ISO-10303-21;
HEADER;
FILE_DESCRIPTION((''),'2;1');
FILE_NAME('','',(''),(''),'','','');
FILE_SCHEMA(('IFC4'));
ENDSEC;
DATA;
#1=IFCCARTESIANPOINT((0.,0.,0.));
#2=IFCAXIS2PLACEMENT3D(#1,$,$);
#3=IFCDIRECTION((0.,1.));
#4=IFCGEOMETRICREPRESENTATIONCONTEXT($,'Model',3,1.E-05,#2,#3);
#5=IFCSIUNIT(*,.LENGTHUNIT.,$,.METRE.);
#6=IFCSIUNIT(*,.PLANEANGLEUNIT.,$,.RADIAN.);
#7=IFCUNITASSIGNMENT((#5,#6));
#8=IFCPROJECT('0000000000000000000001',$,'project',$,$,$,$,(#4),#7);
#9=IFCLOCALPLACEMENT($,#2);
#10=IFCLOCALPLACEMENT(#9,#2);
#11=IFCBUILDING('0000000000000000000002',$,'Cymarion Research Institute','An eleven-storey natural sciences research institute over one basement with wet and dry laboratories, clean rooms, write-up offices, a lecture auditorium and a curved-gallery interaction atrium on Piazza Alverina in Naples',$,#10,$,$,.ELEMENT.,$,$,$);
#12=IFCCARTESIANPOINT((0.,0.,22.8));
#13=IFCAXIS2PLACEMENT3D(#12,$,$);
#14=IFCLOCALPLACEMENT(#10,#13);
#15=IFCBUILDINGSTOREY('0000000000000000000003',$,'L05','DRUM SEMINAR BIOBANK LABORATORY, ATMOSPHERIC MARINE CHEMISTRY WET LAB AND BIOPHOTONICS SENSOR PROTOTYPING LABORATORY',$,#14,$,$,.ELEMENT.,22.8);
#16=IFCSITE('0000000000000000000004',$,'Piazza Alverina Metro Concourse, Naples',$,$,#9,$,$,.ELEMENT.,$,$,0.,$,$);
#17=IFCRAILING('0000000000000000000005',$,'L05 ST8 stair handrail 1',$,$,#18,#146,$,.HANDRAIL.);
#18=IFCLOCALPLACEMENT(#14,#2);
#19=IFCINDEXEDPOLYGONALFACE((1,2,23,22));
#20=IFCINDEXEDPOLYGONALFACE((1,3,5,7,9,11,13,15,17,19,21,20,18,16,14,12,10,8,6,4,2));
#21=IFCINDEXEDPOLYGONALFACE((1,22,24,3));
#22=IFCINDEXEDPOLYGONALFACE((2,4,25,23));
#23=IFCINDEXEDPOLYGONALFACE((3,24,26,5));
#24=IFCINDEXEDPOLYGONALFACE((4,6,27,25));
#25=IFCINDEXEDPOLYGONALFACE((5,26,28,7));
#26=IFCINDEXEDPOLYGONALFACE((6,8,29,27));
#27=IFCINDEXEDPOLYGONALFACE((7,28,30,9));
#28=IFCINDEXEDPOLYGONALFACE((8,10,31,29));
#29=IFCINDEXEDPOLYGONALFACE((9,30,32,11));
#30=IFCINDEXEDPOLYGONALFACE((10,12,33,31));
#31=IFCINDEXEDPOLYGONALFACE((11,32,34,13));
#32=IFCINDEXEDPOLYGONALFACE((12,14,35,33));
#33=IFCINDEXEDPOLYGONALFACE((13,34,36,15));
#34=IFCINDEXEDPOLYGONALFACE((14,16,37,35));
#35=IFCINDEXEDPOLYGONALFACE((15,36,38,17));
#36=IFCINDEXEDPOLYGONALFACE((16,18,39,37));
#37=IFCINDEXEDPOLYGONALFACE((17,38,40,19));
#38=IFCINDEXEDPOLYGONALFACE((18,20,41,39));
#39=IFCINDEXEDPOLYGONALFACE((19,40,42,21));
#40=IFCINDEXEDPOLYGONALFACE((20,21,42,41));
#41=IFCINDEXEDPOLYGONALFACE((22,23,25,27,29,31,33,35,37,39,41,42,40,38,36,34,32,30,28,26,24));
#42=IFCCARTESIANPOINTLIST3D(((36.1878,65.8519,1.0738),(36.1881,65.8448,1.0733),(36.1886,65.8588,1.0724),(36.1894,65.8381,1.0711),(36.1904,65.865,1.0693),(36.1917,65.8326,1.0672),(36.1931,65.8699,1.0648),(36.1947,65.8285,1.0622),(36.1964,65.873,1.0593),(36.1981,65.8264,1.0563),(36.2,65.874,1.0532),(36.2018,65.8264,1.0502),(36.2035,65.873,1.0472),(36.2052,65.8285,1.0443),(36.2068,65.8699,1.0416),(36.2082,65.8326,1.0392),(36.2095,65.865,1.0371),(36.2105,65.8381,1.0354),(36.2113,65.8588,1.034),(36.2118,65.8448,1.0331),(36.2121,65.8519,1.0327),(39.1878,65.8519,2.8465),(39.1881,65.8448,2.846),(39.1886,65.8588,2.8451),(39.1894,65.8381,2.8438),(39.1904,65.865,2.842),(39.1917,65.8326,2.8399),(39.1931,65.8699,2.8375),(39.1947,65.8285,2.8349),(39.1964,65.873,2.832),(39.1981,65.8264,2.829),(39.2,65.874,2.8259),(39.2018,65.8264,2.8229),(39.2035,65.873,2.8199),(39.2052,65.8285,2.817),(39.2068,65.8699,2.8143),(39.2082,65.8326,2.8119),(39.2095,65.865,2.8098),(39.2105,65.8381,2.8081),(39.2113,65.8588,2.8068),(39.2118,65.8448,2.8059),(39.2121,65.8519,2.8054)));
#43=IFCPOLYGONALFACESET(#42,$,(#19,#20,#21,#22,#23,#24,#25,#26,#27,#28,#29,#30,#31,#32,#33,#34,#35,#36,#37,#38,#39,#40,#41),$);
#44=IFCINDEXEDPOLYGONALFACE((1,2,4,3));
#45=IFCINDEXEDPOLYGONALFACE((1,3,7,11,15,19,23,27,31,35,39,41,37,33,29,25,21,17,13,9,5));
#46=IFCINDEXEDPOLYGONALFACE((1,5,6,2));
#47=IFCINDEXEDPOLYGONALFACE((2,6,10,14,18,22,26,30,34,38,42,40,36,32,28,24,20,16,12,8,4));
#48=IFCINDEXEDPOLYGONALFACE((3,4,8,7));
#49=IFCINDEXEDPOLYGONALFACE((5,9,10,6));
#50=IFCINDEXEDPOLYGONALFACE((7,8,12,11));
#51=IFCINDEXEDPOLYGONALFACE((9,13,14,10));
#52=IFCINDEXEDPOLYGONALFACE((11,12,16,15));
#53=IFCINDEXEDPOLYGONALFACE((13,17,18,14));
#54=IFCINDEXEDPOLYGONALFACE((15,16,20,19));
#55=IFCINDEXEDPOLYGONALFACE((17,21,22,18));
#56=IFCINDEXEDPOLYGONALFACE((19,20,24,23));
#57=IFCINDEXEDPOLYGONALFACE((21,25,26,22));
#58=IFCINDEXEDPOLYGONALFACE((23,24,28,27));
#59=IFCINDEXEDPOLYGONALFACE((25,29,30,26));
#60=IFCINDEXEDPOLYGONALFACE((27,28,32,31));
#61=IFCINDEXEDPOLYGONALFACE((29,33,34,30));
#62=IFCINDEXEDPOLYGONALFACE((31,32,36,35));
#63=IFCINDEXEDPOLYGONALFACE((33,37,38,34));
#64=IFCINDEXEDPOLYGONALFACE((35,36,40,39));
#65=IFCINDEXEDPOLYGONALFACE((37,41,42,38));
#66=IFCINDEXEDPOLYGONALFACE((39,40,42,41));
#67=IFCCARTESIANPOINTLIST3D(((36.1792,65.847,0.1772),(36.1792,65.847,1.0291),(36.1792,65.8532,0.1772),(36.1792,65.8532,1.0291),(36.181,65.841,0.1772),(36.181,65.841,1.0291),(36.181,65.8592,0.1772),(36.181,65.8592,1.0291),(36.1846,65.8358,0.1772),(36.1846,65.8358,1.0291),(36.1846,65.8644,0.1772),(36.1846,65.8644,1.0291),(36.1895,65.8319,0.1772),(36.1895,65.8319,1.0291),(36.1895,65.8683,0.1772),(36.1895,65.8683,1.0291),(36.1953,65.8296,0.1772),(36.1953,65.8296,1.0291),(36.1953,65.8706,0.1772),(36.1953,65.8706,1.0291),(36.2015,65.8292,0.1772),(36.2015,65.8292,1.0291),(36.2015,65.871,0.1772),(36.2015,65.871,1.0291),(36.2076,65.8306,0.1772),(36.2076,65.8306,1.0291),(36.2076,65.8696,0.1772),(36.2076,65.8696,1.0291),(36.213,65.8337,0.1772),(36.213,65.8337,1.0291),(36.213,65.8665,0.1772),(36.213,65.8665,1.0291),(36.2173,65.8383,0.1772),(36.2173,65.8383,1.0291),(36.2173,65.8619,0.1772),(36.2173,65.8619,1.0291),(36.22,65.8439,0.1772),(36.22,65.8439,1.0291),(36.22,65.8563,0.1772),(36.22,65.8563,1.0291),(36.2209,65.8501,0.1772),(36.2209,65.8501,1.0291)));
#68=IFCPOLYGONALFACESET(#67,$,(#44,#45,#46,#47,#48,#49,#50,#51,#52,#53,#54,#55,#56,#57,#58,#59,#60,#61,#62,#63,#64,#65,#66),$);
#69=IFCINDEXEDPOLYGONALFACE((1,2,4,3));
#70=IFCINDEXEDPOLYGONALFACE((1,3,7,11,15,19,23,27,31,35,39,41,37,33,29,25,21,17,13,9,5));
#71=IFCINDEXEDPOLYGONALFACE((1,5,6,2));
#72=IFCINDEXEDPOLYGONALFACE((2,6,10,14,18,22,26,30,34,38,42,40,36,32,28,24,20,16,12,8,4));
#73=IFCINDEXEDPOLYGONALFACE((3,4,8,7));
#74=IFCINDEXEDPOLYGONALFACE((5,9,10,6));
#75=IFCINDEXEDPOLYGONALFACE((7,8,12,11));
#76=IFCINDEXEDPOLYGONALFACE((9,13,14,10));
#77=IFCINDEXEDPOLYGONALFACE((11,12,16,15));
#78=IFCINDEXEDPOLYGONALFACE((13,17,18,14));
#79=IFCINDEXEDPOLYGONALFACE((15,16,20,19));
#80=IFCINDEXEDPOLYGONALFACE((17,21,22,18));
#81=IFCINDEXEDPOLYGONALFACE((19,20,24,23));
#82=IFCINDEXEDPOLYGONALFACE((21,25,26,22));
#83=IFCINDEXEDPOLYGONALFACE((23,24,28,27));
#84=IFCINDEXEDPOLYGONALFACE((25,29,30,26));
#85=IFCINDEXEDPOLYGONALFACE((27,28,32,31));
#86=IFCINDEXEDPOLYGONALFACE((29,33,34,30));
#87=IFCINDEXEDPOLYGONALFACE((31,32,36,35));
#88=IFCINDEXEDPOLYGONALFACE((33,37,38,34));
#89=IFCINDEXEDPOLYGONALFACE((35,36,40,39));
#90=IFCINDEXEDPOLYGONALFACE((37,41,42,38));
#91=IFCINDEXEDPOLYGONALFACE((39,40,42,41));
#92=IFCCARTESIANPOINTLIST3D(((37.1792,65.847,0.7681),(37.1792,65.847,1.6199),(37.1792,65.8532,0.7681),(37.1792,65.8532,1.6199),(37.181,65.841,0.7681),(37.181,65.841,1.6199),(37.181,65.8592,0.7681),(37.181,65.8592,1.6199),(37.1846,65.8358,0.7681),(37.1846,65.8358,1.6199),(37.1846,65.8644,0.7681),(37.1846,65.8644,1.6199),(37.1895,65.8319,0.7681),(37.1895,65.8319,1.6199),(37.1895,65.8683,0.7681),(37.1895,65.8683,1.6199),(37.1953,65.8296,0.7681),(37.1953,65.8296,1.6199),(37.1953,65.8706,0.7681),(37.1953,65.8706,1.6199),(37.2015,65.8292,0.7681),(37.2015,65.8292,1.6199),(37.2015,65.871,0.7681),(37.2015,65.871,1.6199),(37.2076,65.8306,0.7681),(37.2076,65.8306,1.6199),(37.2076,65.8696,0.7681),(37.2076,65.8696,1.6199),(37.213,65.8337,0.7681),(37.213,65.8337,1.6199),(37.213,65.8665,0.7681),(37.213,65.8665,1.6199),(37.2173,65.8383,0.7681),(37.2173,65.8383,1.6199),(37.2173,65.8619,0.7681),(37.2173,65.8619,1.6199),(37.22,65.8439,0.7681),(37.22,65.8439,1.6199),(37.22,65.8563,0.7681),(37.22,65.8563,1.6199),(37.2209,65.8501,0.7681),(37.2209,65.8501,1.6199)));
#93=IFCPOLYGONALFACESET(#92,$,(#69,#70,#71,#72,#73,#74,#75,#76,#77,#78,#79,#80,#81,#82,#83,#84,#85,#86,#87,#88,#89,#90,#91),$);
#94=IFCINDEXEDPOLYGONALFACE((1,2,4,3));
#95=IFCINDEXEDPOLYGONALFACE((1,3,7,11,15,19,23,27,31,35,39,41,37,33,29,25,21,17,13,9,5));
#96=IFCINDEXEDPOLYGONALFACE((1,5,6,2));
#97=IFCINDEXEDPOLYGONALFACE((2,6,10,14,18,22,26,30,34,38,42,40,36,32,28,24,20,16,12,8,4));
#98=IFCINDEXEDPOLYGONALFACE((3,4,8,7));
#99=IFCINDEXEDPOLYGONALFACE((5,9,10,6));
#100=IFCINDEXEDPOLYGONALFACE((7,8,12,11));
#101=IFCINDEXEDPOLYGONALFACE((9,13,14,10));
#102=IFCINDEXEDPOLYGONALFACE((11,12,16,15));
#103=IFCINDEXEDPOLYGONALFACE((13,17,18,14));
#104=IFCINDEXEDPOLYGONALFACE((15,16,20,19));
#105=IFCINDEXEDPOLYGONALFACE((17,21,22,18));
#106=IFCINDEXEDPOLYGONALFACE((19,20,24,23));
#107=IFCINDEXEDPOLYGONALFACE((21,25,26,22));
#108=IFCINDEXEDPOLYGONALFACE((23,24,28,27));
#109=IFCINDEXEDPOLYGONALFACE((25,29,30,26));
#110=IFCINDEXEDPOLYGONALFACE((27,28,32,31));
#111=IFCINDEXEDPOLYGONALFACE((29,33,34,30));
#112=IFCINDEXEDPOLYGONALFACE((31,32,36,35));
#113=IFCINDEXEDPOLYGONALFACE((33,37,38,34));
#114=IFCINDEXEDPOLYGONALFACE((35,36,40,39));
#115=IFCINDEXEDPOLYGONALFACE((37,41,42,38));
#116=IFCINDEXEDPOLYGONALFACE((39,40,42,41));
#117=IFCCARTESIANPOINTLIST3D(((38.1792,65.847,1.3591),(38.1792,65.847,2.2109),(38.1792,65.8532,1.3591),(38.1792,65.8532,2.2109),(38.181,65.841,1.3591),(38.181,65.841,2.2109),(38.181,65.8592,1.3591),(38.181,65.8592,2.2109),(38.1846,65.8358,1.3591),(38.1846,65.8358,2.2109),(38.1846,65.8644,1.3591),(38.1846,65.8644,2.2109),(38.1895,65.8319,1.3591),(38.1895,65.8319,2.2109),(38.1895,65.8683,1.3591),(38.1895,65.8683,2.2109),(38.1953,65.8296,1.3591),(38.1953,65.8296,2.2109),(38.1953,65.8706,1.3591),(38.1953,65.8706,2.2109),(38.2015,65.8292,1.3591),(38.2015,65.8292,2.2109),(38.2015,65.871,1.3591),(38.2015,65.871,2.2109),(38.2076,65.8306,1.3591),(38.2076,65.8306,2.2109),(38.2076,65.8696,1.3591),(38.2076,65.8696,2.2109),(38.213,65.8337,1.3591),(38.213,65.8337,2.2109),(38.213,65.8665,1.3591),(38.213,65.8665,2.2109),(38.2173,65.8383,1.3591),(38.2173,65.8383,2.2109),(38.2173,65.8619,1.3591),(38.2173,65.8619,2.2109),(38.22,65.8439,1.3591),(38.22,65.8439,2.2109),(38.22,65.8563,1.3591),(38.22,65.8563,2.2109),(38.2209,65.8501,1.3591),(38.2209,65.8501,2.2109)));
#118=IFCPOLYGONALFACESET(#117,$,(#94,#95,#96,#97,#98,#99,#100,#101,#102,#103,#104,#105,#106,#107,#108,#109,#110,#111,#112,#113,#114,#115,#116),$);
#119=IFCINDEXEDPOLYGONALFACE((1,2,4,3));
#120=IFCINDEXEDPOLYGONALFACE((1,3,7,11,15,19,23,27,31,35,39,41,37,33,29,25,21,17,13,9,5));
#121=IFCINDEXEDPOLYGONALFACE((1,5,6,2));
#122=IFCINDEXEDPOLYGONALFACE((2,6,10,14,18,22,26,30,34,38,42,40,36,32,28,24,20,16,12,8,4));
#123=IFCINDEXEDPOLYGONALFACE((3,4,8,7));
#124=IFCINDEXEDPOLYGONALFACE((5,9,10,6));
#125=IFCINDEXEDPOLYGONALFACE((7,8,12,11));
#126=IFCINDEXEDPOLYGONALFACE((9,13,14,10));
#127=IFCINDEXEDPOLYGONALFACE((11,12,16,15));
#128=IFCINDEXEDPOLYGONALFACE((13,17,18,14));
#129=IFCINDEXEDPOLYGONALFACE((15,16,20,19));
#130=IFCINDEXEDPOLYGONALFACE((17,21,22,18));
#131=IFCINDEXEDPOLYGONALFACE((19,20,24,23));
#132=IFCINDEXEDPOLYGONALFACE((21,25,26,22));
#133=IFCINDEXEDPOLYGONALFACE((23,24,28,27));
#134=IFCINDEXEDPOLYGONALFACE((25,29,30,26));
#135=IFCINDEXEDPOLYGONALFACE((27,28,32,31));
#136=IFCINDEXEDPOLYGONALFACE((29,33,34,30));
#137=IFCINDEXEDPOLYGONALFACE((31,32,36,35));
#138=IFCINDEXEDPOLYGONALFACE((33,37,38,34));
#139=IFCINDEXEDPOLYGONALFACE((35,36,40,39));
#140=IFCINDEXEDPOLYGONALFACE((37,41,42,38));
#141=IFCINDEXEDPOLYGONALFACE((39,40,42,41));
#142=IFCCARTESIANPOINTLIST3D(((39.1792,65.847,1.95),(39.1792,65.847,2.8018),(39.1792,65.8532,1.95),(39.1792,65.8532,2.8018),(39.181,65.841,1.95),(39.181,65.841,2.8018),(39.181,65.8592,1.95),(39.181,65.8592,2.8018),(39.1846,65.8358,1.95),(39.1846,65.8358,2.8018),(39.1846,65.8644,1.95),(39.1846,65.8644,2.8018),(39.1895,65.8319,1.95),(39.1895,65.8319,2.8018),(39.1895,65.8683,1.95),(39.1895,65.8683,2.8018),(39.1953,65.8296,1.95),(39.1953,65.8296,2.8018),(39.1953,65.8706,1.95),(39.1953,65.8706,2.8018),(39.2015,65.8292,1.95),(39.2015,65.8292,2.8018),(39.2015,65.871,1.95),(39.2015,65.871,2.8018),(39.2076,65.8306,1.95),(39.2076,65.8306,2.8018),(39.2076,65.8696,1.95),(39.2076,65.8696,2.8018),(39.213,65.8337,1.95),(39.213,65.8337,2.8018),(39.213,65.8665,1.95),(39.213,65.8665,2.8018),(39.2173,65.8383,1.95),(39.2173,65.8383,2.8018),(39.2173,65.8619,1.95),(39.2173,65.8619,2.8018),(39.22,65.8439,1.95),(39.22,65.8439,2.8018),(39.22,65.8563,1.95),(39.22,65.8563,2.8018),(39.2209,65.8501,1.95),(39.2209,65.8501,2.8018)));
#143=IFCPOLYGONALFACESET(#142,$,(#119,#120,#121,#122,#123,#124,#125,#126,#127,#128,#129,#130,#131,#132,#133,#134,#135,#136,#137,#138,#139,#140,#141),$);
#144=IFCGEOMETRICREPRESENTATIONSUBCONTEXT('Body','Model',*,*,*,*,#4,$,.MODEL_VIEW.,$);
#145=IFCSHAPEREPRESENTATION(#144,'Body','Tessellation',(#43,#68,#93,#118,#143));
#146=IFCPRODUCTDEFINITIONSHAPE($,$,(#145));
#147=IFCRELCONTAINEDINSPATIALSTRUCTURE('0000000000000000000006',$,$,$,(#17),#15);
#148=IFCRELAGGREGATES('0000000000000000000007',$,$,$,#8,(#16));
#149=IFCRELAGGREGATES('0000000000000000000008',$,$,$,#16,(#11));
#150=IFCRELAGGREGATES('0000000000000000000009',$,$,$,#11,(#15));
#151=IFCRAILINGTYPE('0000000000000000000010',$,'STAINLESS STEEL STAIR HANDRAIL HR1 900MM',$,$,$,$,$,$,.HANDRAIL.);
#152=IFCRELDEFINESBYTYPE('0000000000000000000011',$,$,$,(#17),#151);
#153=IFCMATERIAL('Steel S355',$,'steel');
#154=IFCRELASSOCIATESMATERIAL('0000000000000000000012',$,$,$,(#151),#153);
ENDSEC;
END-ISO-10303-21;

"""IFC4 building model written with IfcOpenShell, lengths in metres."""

from ifc_helpers import new_model, si_unit, direction, frame, origin, origin_2d, place, context, subcontext, project, spatial, circle, extrude, material, type_object, element, save


model = new_model("IFC4")

# Units and contexts
model_context = context("Model", 3, precision=1e-05, world=origin(), true_north=direction((0.0, 1.0)))
body_context = subcontext(model_context, "Body", "Model", "MODEL_VIEW")
ifc_project = project(units=[si_unit("LENGTHUNIT", "METRE"), si_unit("PLANEANGLEUNIT", "RADIAN")], contexts=[model_context])

# Site, building, storey
site_placement = place(None, origin())
site = spatial("IfcSite", under=ifc_project, at=site_placement, Name="Piazza Alverina Metro Concourse, Naples", CompositionType="ELEMENT", RefElevation=0.0)
building_placement = place(site_placement, origin())
building = spatial("IfcBuilding", under=site, at=building_placement, Name="Cymarion Research Institute", Description="An eleven-storey natural sciences research institute over one basement with wet and dry laboratories, clean rooms, write-up offices, a lecture auditorium and a curved-gallery interaction atrium on Piazza Alverina in Naples", CompositionType="ELEMENT")
storey_placement = place(building_placement, frame((0.0, 0.0, 22.8)))
storey = spatial("IfcBuildingStorey", under=building, at=storey_placement, Name="L05", Description="DRUM SEMINAR BIOBANK LABORATORY, ATMOSPHERIC MARINE CHEMISTRY WET LAB AND BIOPHOTONICS SENSOR PROTOTYPING LABORATORY", CompositionType="ELEMENT", Elevation=22.8)

# Shared definitions
ifc_material_1 = material(Name="Steel S355", Category="steel")

# Railing
railing_type_1 = type_object("IfcRailingType", Name="STAINLESS STEEL STAIR HANDRAIL HR1 900MM", PredefinedType="HANDRAIL", material=ifc_material_1)
railing_1_placement = place(storey_placement, frame((36.2, 65.8501, 0.1772)))
element("IfcRailing", 1, at=railing_1_placement, inside=storey, type_object=railing_type_1, Name="L05 ST8 stair handrail 1", PredefinedType="HANDRAIL", context=body_context, shape_type="SweptSolid", body=[
    extrude(circle(Radius=0.0239, at=origin_2d()), frame((0.0, 0.0, 0.876), z_axis=(0.860929, 0.0, 0.508725), x_axis=(0.0, 1.0, 0.0)), (0.0, 0.0, 1.0), 3.4846),
    extrude(circle(Radius=0.021, at=origin_2d()), origin(), (0.0, 0.0, 1.0), 0.8518),
    extrude(circle(Radius=0.021, at=origin_2d()), frame((1.0, 0.0, 0.5908)), (0.0, 0.0, 1.0), 0.8518),
    extrude(circle(Radius=0.021, at=origin_2d()), frame((2.0, 0.0, 1.1819)), (0.0, 0.0, 1.0), 0.8518),
    extrude(circle(Radius=0.021, at=origin_2d()), frame((3.0, 0.0, 1.7727)), (0.0, 0.0, 1.0), 0.8518),
])

save(model, "model.ifc")
